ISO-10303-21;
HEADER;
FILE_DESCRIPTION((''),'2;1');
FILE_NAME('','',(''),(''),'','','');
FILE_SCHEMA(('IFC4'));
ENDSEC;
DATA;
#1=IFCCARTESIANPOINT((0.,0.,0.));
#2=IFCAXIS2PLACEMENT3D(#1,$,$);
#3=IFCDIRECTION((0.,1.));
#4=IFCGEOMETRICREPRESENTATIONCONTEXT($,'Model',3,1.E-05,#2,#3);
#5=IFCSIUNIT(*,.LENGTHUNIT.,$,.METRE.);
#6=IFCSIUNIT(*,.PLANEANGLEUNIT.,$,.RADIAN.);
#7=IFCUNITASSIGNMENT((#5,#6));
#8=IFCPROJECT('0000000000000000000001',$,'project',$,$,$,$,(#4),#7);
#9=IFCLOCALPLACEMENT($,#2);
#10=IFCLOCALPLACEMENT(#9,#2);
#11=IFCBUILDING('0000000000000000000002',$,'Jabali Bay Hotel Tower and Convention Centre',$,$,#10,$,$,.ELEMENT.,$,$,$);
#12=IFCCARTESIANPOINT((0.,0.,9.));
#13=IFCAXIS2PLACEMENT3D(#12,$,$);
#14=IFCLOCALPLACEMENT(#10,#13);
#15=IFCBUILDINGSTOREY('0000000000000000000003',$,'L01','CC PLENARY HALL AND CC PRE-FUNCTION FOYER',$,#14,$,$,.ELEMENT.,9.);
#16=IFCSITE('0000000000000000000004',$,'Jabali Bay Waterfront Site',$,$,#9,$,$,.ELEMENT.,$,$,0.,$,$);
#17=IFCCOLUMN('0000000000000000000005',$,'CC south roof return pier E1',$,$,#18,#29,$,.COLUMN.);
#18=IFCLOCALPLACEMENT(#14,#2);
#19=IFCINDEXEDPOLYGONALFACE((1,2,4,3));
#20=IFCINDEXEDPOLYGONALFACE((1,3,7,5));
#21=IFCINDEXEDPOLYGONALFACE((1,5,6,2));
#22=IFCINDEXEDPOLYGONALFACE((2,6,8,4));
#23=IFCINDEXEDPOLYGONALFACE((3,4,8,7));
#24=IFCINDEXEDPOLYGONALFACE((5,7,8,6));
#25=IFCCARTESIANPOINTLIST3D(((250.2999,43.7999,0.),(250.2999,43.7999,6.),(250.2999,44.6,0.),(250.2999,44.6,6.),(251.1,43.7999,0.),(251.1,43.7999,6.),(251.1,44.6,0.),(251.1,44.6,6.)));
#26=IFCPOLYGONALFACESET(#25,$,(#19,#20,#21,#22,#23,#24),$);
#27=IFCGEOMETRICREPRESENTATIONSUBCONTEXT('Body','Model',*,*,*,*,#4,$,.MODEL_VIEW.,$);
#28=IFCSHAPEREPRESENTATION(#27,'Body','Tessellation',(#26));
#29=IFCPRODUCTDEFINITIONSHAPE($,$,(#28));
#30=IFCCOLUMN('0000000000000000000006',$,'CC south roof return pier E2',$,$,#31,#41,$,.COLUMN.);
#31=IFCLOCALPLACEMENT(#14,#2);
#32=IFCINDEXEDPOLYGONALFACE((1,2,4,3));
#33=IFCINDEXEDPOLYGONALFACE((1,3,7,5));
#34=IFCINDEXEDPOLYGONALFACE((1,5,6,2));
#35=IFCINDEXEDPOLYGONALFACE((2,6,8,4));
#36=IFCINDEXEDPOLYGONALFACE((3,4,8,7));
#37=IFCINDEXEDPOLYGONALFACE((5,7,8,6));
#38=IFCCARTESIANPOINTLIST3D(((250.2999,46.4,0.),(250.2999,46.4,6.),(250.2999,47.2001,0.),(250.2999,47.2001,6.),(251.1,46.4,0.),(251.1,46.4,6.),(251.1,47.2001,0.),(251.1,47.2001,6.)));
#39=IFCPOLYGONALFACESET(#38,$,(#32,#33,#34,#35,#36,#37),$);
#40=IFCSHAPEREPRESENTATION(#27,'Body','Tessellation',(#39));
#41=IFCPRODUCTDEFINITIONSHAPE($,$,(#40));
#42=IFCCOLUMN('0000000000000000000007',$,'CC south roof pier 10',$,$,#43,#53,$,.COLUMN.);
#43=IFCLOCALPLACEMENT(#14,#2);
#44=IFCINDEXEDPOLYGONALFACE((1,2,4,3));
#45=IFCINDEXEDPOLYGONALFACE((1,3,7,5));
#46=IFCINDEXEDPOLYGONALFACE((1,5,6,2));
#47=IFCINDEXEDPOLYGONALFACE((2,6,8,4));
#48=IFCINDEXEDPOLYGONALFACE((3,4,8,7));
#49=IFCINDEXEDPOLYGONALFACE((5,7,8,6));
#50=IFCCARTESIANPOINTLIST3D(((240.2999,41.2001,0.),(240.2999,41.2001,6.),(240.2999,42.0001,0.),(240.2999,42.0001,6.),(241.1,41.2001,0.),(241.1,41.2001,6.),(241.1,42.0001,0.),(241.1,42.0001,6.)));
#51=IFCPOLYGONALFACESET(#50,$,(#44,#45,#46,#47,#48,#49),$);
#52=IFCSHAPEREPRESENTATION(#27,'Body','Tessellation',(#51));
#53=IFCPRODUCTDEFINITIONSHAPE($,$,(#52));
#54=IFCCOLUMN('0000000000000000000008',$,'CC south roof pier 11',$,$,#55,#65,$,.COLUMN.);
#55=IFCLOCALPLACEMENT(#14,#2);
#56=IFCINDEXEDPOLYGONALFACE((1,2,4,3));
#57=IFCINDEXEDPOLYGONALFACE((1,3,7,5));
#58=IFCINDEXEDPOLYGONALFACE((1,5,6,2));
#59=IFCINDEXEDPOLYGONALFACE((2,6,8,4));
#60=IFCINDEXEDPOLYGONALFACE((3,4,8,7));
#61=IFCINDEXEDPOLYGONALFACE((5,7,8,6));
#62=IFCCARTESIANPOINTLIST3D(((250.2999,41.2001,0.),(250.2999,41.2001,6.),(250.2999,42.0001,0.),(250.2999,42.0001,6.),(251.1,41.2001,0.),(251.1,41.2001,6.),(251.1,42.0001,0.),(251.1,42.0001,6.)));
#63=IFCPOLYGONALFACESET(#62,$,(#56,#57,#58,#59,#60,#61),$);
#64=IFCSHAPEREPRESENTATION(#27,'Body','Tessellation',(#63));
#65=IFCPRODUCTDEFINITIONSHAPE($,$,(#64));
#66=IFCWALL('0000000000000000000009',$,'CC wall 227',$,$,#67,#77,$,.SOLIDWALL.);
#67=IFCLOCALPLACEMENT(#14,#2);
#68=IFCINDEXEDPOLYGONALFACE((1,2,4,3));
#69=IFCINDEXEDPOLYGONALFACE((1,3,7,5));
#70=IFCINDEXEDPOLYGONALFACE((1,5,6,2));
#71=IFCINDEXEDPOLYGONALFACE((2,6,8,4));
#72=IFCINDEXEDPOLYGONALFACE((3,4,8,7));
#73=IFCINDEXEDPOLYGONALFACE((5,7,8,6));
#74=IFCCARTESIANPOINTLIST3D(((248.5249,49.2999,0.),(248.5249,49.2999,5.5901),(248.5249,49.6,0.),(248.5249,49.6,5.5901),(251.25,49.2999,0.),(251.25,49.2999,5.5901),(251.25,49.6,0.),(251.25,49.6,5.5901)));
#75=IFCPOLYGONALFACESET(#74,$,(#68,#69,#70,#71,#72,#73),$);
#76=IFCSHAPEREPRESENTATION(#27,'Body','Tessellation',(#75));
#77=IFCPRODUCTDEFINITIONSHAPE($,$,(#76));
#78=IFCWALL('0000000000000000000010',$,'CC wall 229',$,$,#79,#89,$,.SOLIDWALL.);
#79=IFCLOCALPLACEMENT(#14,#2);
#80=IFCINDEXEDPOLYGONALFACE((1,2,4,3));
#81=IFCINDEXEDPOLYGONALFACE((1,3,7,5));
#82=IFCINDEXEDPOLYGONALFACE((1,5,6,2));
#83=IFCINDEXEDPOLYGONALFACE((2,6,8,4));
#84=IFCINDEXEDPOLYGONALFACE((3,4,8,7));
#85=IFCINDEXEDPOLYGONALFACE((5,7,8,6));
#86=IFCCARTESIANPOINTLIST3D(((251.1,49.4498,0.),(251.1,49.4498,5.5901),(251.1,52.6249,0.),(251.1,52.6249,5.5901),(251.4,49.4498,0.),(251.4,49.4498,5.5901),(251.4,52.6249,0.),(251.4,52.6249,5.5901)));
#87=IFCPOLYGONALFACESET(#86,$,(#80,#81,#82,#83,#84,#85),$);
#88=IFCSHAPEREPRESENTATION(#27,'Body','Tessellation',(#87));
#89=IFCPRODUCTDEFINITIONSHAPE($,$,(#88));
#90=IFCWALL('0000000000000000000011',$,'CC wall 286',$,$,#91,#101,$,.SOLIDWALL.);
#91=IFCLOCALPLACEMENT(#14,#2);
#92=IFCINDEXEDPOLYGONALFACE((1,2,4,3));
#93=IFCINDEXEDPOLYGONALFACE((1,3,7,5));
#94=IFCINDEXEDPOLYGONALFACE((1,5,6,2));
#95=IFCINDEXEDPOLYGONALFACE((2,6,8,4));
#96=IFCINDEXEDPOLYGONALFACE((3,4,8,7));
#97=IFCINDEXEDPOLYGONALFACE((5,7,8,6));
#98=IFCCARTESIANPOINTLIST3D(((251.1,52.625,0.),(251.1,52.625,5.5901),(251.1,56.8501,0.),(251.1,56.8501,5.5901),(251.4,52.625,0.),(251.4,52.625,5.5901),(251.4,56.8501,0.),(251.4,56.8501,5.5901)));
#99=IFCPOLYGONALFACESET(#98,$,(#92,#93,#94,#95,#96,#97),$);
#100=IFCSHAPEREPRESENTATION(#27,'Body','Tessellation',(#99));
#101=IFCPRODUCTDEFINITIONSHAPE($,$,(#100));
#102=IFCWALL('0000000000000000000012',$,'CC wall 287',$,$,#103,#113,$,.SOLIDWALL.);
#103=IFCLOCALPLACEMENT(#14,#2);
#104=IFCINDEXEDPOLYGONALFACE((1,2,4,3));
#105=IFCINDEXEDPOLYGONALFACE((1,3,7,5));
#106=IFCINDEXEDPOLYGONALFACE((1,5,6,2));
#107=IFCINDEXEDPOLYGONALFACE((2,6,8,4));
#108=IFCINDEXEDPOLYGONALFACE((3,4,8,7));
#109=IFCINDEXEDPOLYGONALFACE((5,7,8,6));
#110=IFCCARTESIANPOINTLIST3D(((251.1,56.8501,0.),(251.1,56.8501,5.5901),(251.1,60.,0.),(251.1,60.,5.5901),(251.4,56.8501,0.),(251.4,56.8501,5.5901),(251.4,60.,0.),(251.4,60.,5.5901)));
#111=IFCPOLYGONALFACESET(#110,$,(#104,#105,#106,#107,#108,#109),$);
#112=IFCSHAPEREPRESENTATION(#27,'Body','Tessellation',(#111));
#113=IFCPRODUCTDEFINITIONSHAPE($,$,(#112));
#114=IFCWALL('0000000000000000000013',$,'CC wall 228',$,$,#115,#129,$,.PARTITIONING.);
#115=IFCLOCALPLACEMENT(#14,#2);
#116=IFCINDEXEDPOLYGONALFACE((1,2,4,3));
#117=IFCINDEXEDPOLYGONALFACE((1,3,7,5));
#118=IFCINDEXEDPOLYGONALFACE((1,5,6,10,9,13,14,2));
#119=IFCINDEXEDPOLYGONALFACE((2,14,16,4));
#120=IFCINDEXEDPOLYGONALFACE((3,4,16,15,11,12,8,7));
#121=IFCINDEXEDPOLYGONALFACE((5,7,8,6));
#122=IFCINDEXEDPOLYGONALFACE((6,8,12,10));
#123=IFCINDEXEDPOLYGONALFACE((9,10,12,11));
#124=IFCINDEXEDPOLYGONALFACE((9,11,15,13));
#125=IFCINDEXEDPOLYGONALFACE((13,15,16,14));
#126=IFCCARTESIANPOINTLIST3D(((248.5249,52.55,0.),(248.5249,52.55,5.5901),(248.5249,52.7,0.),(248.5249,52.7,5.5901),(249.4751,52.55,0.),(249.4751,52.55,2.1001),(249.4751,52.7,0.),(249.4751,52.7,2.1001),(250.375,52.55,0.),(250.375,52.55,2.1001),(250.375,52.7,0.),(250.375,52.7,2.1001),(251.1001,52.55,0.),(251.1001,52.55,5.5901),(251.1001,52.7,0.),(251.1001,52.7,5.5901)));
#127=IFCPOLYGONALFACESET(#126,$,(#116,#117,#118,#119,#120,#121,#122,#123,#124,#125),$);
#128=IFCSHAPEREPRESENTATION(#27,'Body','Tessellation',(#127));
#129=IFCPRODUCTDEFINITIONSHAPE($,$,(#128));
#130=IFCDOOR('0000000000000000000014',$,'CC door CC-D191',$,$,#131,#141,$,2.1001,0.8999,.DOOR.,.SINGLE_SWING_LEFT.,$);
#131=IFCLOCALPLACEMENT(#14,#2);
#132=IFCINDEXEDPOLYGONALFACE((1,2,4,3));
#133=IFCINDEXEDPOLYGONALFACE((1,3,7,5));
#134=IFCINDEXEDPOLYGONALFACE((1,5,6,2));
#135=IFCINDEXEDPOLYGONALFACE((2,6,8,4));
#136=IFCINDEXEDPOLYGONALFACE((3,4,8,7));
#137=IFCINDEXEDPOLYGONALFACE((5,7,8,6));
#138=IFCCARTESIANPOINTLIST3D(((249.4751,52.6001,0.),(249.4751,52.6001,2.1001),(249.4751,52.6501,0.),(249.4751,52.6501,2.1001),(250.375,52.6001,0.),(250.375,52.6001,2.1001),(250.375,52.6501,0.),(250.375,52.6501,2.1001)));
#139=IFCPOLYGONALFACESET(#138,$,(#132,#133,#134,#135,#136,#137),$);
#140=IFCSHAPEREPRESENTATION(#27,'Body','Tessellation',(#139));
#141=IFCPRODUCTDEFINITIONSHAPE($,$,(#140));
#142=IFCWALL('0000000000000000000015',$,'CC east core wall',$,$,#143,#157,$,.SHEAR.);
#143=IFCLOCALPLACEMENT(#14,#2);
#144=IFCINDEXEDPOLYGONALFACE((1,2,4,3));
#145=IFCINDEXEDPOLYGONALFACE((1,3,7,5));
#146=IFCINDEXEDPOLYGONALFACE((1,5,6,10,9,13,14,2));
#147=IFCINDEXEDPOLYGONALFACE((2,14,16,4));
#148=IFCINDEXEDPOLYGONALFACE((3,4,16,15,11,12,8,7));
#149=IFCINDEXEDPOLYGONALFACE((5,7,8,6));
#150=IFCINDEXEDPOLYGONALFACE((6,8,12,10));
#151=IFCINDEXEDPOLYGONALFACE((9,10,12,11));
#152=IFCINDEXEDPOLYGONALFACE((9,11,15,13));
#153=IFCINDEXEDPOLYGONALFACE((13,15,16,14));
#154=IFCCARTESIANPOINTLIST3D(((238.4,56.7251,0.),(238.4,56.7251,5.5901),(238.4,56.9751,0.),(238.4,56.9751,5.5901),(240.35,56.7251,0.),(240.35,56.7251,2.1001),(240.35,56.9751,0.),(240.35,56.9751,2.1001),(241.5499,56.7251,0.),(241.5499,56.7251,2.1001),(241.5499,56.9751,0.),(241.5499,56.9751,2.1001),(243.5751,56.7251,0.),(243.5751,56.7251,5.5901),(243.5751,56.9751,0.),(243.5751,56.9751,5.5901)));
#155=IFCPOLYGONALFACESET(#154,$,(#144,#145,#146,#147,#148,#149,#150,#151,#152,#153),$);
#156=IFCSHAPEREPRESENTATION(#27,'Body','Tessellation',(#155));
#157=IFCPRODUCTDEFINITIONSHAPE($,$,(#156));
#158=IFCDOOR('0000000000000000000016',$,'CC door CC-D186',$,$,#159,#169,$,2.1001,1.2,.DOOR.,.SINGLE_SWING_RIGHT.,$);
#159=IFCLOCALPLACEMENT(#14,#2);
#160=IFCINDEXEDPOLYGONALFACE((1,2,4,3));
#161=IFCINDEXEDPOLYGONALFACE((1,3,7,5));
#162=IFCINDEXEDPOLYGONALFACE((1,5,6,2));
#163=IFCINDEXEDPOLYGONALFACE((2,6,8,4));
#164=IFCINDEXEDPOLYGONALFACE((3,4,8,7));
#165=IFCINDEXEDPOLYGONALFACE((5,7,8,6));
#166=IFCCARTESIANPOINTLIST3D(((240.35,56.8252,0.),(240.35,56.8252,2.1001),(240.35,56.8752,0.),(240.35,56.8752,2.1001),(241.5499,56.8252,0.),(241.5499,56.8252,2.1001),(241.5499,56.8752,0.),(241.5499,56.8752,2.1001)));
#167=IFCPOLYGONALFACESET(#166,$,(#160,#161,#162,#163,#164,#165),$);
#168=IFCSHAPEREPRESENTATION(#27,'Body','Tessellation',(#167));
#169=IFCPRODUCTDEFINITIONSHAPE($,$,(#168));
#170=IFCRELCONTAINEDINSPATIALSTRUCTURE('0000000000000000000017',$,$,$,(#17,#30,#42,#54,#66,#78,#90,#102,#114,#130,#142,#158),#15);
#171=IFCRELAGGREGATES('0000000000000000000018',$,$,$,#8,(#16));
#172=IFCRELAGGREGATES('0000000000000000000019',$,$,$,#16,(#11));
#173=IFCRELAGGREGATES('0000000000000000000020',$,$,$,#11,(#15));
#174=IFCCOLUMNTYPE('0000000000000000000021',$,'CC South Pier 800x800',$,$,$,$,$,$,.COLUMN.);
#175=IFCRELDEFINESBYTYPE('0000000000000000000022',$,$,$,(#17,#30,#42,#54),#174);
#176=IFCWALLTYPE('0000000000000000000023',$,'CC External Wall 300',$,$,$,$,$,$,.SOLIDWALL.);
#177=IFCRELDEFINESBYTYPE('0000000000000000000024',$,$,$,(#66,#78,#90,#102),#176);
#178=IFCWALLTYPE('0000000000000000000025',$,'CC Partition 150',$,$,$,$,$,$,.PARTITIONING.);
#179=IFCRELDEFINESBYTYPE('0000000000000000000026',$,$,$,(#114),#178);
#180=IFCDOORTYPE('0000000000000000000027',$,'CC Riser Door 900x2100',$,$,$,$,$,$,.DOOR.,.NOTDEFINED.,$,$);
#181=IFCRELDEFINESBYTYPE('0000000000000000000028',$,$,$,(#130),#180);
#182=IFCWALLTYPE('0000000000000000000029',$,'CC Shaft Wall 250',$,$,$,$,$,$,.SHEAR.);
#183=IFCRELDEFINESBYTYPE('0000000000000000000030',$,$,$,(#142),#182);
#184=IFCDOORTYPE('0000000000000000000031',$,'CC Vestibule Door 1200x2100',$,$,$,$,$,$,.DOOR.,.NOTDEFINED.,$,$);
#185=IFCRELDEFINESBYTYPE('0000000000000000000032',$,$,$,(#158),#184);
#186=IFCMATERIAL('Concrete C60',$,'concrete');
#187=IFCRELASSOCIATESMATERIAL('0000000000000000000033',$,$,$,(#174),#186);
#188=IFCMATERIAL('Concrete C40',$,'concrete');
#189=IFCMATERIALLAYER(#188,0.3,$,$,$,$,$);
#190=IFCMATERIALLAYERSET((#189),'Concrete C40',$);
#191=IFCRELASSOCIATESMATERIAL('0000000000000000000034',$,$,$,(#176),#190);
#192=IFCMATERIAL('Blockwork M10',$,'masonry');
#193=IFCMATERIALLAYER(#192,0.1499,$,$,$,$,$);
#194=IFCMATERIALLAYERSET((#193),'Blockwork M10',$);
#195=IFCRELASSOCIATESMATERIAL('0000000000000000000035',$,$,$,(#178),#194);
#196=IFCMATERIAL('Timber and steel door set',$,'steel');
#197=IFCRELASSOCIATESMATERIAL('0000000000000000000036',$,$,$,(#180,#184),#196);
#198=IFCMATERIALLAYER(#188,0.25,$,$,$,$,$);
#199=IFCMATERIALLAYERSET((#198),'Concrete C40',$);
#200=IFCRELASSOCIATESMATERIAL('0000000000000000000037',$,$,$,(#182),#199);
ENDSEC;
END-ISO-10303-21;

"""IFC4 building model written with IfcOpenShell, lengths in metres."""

from ifc_helpers import new_model, si_unit, direction, frame, frame_2d, origin, origin_2d, place, context, subcontext, project, spatial, rectangle, extrude, material, layer, layer_set, material_profile, profile_set, type_object, element, fill, save


model = new_model("IFC4")

# Units and contexts
model_context = context("Model", 3, precision=1e-05, world=origin(), true_north=direction((0.0, 1.0)))
body_context = subcontext(model_context, "Body", "Model", "MODEL_VIEW")
ifc_project = project(units=[si_unit("LENGTHUNIT", "METRE"), si_unit("PLANEANGLEUNIT", "RADIAN")], contexts=[model_context])

# Site, building, storey
site_placement = place(None, origin())
site = spatial("IfcSite", under=ifc_project, at=site_placement, Name="Jabali Bay Waterfront Site", CompositionType="ELEMENT", RefElevation=0.0)
building_placement = place(site_placement, origin())
building = spatial("IfcBuilding", under=site, at=building_placement, Name="Jabali Bay Hotel Tower and Convention Centre", CompositionType="ELEMENT")
storey_placement = place(building_placement, frame((0.0, 0.0, 9.0)))
storey = spatial("IfcBuildingStorey", under=building, at=storey_placement, Name="L01", Description="CC PLENARY HALL AND CC PRE-FUNCTION FOYER", CompositionType="ELEMENT", Elevation=9.0)

# Columns
ifc_material_1 = material(Name="Concrete C60", Category="concrete")
ifc_material_profile = material_profile(ifc_material_1, rectangle(XDim=0.8, YDim=0.8, at=origin_2d()), Name="RC 800x800")
ifc_profile_set = profile_set([ifc_material_profile], Name="Concrete C60")
column_type = type_object("IfcColumnType", Name="CC South Pier 800x800", PredefinedType="COLUMN", material=ifc_profile_set)
for number, where, z_axis, x_axis, name in (
    (1, (250.7, 44.2, 0.0), (0.0, 0.0, 1.0), (1.0, 0.0, 0.0), "CC south roof return pier E1"),
    (2, (250.7, 46.8, 0.0), (0.0, 0.0, 1.0), (1.0, 0.0, 0.0), "CC south roof return pier E2"),
    (3, (240.7, 41.6001, 0.0), (0.0, 0.0, 1.0), (1.0, 0.0, 0.0), "CC south roof pier 10"),
    (4, (250.7, 41.6001, 0.0), (0.0, 0.0, 1.0), (1.0, 0.0, 0.0), "CC south roof pier 11"),
):
    element("IfcColumn", number, at=place(storey_placement, frame(where, z_axis=z_axis, x_axis=x_axis)), inside=storey, type_object=column_type, Name=name, PredefinedType="COLUMN", context=body_context, shape_type="SweptSolid", body=[
        extrude(rectangle(XDim=0.8, YDim=0.8, at=origin_2d()), origin(), (0.0, 0.0, 1.0), 6.0),
    ])

# Walls
ifc_material_2 = material(Name="Concrete C40", Category="concrete")
ifc_layer_1 = layer(ifc_material_2, 0.3)
ifc_layer_set_1 = layer_set([ifc_layer_1], Name="Concrete C40")
wall_type_1 = type_object("IfcWallType", Name="CC External Wall 300", PredefinedType="SOLIDWALL", material=ifc_layer_set_1)
wall_1_placement = place(storey_placement, frame((248.5249, 49.45, 0.0), z_axis=(0.0, 0.0, 1.0), x_axis=(1.0, 0.0, 0.0)))
element("IfcWall", 5, at=wall_1_placement, inside=storey, type_object=wall_type_1, Name="CC wall 227", PredefinedType="SOLIDWALL", context=body_context, shape_type="SweptSolid", body=[
    extrude(rectangle(XDim=2.7251, YDim=0.3, at=frame_2d((1.3625, 0.0))), origin(), (0.0, 0.0, 1.0), 5.5901),
])
wall_2_placement = place(storey_placement, frame((251.25, 49.45, 0.0), z_axis=(0.0, 0.0, 1.0), x_axis=(0.0, 1.0, 0.0)))
element("IfcWall", 6, at=wall_2_placement, inside=storey, type_object=wall_type_1, Name="CC wall 229", PredefinedType="SOLIDWALL", context=body_context, shape_type="SweptSolid", body=[
    extrude(rectangle(XDim=3.175, YDim=0.3, at=frame_2d((1.5874, 0.0))), origin(), (0.0, 0.0, 1.0), 5.5901),
])
wall_3_placement = place(storey_placement, frame((251.25, 52.625, 0.0), z_axis=(0.0, 0.0, 1.0), x_axis=(0.0, 1.0, 0.0)))
element("IfcWall", 7, at=wall_3_placement, inside=storey, type_object=wall_type_1, Name="CC wall 286", PredefinedType="SOLIDWALL", context=body_context, shape_type="SweptSolid", body=[
    extrude(rectangle(XDim=4.2251, YDim=0.3, at=frame_2d((2.1125, 0.0))), origin(), (0.0, 0.0, 1.0), 5.5901),
])
wall_4_placement = place(storey_placement, frame((251.25, 56.8501, 0.0), z_axis=(0.0, 0.0, 1.0), x_axis=(0.0, 1.0, 0.0)))
element("IfcWall", 8, at=wall_4_placement, inside=storey, type_object=wall_type_1, Name="CC wall 287", PredefinedType="SOLIDWALL", context=body_context, shape_type="SweptSolid", body=[
    extrude(rectangle(XDim=3.1499, YDim=0.3, at=frame_2d((1.575, 0.0))), origin(), (0.0, 0.0, 1.0), 5.5901),
])

# Walls, openings, doors
ifc_material_3 = material(Name="Blockwork M10", Category="masonry")
ifc_layer_2 = layer(ifc_material_3, 0.1499)
ifc_layer_set_2 = layer_set([ifc_layer_2], Name="Blockwork M10")
wall_type_2 = type_object("IfcWallType", Name="CC Partition 150", PredefinedType="PARTITIONING", material=ifc_layer_set_2)
wall_5_placement = place(storey_placement, frame((251.1001, 52.625, 0.0), z_axis=(0.0, 0.0, 1.0), x_axis=(-1.0, 0.0, 0.0)))
wall_5 = element("IfcWall", 9, at=wall_5_placement, inside=storey, type_object=wall_type_2, Name="CC wall 228", PredefinedType="PARTITIONING", context=body_context, shape_type="SweptSolid", body=[
    extrude(rectangle(XDim=2.5752, YDim=0.1499, at=frame_2d((1.2876, 0.0))), origin(), (0.0, 0.0, 1.0), 5.5901),
])
opening_1_placement = place(wall_5_placement, frame((0.7251, 0.0, 0.0)))
opening_1 = element("IfcOpeningElement", 10, at=opening_1_placement, cuts=wall_5, PredefinedType="OPENING", context=body_context, shape_type="SweptSolid", body=[
    extrude(rectangle(XDim=0.8999, YDim=2.1001, at=frame_2d((0.45, 1.05))), frame((0.0, 0.0854, 0.0), z_axis=(0.0, -1.0, 0.0), x_axis=(1.0, 0.0, 0.0)), (0.0, 0.0, 1.0), 0.1709),
])
ifc_material_4 = material(Name="Timber and steel door set", Category="steel")
door_type_1 = type_object("IfcDoorType", Name="CC Riser Door 900x2100", OperationType="NOTDEFINED", PredefinedType="DOOR", material=ifc_material_4)
door_1_placement = place(opening_1_placement, origin())
door_1 = element("IfcDoor", 11, at=door_1_placement, inside=storey, type_object=door_type_1, Name="CC door CC-D191", OperationType="SINGLE_SWING_LEFT", OverallHeight=2.1001, OverallWidth=0.8999, PredefinedType="DOOR", context=body_context, shape_type="SweptSolid", body=[
    extrude(rectangle(XDim=0.8999, YDim=2.1001, at=frame_2d((0.45, 1.05))), frame((0.0, 0.0249, 0.0), z_axis=(0.0, -1.0, 0.0), x_axis=(1.0, 0.0, 0.0)), (0.0, 0.0, 1.0), 0.05),
])
fill(opening_1, door_1)
ifc_layer_3 = layer(ifc_material_2, 0.25)
ifc_layer_set_3 = layer_set([ifc_layer_3], Name="Concrete C40")
wall_type_3 = type_object("IfcWallType", Name="CC Shaft Wall 250", PredefinedType="SHEAR", material=ifc_layer_set_3)
wall_6_placement = place(storey_placement, frame((243.575, 56.8501, 0.0), z_axis=(0.0, 0.0, 1.0), x_axis=(-1.0, 0.0, 0.0)))
wall_6 = element("IfcWall", 12, at=wall_6_placement, inside=storey, type_object=wall_type_3, Name="CC east core wall", PredefinedType="SHEAR", context=body_context, shape_type="SweptSolid", body=[
    extrude(rectangle(XDim=5.175, YDim=0.25, at=frame_2d((2.5874, 0.0))), origin(), (0.0, 0.0, 1.0), 5.5901),
])
opening_2_placement = place(wall_6_placement, frame((2.0249, 0.0, 0.0)))
opening_2 = element("IfcOpeningElement", 13, at=opening_2_placement, cuts=wall_6, PredefinedType="OPENING", context=body_context, shape_type="SweptSolid", body=[
    extrude(rectangle(XDim=1.2, YDim=2.1001, at=frame_2d((0.6001, 1.05))), frame((0.0, 0.1355, 0.0), z_axis=(0.0, -1.0, 0.0), x_axis=(1.0, 0.0, 0.0)), (0.0, 0.0, 1.0), 0.271),
])
door_type_2 = type_object("IfcDoorType", Name="CC Vestibule Door 1200x2100", OperationType="NOTDEFINED", PredefinedType="DOOR", material=ifc_material_4)
door_2_placement = place(opening_2_placement, origin())
door_2 = element("IfcDoor", 14, at=door_2_placement, inside=storey, type_object=door_type_2, Name="CC door CC-D186", OperationType="SINGLE_SWING_RIGHT", OverallHeight=2.1001, OverallWidth=1.2, PredefinedType="DOOR", context=body_context, shape_type="SweptSolid", body=[
    extrude(rectangle(XDim=1.2, YDim=2.1001, at=frame_2d((0.6001, 1.05))), frame((0.0, 0.0249, 0.0), z_axis=(0.0, -1.0, 0.0), x_axis=(1.0, 0.0, 0.0)), (0.0, 0.0, 1.0), 0.05),
])
fill(opening_2, door_2)

save(model, "model.ifc")
